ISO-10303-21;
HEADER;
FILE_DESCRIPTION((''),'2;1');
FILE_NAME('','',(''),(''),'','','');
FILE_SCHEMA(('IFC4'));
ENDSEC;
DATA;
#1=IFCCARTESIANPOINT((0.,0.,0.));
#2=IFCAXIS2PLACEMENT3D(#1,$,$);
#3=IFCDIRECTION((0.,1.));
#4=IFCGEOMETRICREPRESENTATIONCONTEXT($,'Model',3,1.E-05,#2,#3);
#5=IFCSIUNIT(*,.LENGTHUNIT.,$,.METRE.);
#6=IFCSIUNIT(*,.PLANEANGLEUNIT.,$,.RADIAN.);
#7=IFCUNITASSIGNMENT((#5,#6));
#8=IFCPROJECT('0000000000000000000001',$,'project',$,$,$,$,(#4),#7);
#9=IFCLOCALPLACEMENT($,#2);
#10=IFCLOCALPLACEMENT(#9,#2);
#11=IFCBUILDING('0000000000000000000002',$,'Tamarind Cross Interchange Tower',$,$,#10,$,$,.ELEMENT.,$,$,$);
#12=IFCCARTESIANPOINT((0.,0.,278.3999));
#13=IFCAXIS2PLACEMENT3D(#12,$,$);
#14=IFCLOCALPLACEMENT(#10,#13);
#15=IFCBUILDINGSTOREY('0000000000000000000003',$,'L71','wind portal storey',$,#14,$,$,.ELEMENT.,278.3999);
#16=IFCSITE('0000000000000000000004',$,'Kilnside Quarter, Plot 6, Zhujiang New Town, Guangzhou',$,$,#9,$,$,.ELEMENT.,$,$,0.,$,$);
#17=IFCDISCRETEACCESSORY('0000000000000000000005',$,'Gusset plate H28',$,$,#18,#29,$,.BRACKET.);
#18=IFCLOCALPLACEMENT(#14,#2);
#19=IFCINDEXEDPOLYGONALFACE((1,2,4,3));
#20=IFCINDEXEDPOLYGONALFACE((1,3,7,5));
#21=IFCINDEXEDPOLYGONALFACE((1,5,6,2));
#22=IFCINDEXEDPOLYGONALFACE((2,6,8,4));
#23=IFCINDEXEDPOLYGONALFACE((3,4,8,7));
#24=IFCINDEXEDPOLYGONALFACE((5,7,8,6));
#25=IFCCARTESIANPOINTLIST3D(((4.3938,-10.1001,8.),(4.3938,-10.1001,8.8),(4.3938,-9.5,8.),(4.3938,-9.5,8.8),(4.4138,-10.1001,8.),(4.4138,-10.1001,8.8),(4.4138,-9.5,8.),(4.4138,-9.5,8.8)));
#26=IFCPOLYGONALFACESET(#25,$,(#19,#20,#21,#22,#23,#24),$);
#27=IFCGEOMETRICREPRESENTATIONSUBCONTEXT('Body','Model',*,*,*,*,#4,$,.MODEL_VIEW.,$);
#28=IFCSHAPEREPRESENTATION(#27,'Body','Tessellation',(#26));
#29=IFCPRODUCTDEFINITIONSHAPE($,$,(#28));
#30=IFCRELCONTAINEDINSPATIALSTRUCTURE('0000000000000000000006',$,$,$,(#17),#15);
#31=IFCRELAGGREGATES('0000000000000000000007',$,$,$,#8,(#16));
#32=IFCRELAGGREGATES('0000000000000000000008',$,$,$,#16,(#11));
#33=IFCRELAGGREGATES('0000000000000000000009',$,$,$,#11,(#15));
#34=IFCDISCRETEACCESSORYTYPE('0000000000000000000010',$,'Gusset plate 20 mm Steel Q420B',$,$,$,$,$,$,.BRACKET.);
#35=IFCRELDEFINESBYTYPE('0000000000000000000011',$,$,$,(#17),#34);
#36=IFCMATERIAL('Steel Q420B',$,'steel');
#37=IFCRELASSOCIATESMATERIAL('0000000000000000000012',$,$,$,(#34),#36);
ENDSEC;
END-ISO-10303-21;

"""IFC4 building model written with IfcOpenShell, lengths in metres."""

from ifc_helpers import new_model, si_unit, direction, frame, origin, origin_2d, place, context, subcontext, project, spatial, rectangle, extrude, material, type_object, element, save


model = new_model("IFC4")

# Units and contexts
model_context = context("Model", 3, precision=1e-05, world=origin(), true_north=direction((0.0, 1.0)))
body_context = subcontext(model_context, "Body", "Model", "MODEL_VIEW")
ifc_project = project(units=[si_unit("LENGTHUNIT", "METRE"), si_unit("PLANEANGLEUNIT", "RADIAN")], contexts=[model_context])

# Site, building, storey
site_placement = place(None, origin())
site = spatial("IfcSite", under=ifc_project, at=site_placement, Name="Kilnside Quarter, Plot 6, Zhujiang New Town, Guangzhou", CompositionType="ELEMENT", RefElevation=0.0)
building_placement = place(site_placement, origin())
building = spatial("IfcBuilding", under=site, at=building_placement, Name="Tamarind Cross Interchange Tower", CompositionType="ELEMENT")
storey_placement = place(building_placement, frame((0.0, 0.0, 278.3999)))
storey = spatial("IfcBuildingStorey", under=building, at=storey_placement, Name="L71", Description="wind portal storey", CompositionType="ELEMENT", Elevation=278.3999)

# Shared definitions
ifc_material_1 = material(Name="Steel Q420B", Category="steel")

# Discrete accessory
discrete_accessory_type = type_object("IfcDiscreteAccessoryType", Name="Gusset plate 20 mm Steel Q420B", PredefinedType="BRACKET", material=ifc_material_1)
discrete_accessory_placement = place(storey_placement, frame((4.4038, -9.8, 8.0), z_axis=(0.0, 0.0, 1.0), x_axis=(1.0, 0.0, 0.0)))
element("IfcDiscreteAccessory", 1, at=discrete_accessory_placement, inside=storey, type_object=discrete_accessory_type, Name="Gusset plate H28", PredefinedType="BRACKET", context=body_context, shape_type="SweptSolid", body=[
    extrude(rectangle(XDim=0.02, YDim=0.6001, at=origin_2d()), origin(), (0.0, 0.0, 1.0), 0.8),
])

save(model, "model.ifc")
